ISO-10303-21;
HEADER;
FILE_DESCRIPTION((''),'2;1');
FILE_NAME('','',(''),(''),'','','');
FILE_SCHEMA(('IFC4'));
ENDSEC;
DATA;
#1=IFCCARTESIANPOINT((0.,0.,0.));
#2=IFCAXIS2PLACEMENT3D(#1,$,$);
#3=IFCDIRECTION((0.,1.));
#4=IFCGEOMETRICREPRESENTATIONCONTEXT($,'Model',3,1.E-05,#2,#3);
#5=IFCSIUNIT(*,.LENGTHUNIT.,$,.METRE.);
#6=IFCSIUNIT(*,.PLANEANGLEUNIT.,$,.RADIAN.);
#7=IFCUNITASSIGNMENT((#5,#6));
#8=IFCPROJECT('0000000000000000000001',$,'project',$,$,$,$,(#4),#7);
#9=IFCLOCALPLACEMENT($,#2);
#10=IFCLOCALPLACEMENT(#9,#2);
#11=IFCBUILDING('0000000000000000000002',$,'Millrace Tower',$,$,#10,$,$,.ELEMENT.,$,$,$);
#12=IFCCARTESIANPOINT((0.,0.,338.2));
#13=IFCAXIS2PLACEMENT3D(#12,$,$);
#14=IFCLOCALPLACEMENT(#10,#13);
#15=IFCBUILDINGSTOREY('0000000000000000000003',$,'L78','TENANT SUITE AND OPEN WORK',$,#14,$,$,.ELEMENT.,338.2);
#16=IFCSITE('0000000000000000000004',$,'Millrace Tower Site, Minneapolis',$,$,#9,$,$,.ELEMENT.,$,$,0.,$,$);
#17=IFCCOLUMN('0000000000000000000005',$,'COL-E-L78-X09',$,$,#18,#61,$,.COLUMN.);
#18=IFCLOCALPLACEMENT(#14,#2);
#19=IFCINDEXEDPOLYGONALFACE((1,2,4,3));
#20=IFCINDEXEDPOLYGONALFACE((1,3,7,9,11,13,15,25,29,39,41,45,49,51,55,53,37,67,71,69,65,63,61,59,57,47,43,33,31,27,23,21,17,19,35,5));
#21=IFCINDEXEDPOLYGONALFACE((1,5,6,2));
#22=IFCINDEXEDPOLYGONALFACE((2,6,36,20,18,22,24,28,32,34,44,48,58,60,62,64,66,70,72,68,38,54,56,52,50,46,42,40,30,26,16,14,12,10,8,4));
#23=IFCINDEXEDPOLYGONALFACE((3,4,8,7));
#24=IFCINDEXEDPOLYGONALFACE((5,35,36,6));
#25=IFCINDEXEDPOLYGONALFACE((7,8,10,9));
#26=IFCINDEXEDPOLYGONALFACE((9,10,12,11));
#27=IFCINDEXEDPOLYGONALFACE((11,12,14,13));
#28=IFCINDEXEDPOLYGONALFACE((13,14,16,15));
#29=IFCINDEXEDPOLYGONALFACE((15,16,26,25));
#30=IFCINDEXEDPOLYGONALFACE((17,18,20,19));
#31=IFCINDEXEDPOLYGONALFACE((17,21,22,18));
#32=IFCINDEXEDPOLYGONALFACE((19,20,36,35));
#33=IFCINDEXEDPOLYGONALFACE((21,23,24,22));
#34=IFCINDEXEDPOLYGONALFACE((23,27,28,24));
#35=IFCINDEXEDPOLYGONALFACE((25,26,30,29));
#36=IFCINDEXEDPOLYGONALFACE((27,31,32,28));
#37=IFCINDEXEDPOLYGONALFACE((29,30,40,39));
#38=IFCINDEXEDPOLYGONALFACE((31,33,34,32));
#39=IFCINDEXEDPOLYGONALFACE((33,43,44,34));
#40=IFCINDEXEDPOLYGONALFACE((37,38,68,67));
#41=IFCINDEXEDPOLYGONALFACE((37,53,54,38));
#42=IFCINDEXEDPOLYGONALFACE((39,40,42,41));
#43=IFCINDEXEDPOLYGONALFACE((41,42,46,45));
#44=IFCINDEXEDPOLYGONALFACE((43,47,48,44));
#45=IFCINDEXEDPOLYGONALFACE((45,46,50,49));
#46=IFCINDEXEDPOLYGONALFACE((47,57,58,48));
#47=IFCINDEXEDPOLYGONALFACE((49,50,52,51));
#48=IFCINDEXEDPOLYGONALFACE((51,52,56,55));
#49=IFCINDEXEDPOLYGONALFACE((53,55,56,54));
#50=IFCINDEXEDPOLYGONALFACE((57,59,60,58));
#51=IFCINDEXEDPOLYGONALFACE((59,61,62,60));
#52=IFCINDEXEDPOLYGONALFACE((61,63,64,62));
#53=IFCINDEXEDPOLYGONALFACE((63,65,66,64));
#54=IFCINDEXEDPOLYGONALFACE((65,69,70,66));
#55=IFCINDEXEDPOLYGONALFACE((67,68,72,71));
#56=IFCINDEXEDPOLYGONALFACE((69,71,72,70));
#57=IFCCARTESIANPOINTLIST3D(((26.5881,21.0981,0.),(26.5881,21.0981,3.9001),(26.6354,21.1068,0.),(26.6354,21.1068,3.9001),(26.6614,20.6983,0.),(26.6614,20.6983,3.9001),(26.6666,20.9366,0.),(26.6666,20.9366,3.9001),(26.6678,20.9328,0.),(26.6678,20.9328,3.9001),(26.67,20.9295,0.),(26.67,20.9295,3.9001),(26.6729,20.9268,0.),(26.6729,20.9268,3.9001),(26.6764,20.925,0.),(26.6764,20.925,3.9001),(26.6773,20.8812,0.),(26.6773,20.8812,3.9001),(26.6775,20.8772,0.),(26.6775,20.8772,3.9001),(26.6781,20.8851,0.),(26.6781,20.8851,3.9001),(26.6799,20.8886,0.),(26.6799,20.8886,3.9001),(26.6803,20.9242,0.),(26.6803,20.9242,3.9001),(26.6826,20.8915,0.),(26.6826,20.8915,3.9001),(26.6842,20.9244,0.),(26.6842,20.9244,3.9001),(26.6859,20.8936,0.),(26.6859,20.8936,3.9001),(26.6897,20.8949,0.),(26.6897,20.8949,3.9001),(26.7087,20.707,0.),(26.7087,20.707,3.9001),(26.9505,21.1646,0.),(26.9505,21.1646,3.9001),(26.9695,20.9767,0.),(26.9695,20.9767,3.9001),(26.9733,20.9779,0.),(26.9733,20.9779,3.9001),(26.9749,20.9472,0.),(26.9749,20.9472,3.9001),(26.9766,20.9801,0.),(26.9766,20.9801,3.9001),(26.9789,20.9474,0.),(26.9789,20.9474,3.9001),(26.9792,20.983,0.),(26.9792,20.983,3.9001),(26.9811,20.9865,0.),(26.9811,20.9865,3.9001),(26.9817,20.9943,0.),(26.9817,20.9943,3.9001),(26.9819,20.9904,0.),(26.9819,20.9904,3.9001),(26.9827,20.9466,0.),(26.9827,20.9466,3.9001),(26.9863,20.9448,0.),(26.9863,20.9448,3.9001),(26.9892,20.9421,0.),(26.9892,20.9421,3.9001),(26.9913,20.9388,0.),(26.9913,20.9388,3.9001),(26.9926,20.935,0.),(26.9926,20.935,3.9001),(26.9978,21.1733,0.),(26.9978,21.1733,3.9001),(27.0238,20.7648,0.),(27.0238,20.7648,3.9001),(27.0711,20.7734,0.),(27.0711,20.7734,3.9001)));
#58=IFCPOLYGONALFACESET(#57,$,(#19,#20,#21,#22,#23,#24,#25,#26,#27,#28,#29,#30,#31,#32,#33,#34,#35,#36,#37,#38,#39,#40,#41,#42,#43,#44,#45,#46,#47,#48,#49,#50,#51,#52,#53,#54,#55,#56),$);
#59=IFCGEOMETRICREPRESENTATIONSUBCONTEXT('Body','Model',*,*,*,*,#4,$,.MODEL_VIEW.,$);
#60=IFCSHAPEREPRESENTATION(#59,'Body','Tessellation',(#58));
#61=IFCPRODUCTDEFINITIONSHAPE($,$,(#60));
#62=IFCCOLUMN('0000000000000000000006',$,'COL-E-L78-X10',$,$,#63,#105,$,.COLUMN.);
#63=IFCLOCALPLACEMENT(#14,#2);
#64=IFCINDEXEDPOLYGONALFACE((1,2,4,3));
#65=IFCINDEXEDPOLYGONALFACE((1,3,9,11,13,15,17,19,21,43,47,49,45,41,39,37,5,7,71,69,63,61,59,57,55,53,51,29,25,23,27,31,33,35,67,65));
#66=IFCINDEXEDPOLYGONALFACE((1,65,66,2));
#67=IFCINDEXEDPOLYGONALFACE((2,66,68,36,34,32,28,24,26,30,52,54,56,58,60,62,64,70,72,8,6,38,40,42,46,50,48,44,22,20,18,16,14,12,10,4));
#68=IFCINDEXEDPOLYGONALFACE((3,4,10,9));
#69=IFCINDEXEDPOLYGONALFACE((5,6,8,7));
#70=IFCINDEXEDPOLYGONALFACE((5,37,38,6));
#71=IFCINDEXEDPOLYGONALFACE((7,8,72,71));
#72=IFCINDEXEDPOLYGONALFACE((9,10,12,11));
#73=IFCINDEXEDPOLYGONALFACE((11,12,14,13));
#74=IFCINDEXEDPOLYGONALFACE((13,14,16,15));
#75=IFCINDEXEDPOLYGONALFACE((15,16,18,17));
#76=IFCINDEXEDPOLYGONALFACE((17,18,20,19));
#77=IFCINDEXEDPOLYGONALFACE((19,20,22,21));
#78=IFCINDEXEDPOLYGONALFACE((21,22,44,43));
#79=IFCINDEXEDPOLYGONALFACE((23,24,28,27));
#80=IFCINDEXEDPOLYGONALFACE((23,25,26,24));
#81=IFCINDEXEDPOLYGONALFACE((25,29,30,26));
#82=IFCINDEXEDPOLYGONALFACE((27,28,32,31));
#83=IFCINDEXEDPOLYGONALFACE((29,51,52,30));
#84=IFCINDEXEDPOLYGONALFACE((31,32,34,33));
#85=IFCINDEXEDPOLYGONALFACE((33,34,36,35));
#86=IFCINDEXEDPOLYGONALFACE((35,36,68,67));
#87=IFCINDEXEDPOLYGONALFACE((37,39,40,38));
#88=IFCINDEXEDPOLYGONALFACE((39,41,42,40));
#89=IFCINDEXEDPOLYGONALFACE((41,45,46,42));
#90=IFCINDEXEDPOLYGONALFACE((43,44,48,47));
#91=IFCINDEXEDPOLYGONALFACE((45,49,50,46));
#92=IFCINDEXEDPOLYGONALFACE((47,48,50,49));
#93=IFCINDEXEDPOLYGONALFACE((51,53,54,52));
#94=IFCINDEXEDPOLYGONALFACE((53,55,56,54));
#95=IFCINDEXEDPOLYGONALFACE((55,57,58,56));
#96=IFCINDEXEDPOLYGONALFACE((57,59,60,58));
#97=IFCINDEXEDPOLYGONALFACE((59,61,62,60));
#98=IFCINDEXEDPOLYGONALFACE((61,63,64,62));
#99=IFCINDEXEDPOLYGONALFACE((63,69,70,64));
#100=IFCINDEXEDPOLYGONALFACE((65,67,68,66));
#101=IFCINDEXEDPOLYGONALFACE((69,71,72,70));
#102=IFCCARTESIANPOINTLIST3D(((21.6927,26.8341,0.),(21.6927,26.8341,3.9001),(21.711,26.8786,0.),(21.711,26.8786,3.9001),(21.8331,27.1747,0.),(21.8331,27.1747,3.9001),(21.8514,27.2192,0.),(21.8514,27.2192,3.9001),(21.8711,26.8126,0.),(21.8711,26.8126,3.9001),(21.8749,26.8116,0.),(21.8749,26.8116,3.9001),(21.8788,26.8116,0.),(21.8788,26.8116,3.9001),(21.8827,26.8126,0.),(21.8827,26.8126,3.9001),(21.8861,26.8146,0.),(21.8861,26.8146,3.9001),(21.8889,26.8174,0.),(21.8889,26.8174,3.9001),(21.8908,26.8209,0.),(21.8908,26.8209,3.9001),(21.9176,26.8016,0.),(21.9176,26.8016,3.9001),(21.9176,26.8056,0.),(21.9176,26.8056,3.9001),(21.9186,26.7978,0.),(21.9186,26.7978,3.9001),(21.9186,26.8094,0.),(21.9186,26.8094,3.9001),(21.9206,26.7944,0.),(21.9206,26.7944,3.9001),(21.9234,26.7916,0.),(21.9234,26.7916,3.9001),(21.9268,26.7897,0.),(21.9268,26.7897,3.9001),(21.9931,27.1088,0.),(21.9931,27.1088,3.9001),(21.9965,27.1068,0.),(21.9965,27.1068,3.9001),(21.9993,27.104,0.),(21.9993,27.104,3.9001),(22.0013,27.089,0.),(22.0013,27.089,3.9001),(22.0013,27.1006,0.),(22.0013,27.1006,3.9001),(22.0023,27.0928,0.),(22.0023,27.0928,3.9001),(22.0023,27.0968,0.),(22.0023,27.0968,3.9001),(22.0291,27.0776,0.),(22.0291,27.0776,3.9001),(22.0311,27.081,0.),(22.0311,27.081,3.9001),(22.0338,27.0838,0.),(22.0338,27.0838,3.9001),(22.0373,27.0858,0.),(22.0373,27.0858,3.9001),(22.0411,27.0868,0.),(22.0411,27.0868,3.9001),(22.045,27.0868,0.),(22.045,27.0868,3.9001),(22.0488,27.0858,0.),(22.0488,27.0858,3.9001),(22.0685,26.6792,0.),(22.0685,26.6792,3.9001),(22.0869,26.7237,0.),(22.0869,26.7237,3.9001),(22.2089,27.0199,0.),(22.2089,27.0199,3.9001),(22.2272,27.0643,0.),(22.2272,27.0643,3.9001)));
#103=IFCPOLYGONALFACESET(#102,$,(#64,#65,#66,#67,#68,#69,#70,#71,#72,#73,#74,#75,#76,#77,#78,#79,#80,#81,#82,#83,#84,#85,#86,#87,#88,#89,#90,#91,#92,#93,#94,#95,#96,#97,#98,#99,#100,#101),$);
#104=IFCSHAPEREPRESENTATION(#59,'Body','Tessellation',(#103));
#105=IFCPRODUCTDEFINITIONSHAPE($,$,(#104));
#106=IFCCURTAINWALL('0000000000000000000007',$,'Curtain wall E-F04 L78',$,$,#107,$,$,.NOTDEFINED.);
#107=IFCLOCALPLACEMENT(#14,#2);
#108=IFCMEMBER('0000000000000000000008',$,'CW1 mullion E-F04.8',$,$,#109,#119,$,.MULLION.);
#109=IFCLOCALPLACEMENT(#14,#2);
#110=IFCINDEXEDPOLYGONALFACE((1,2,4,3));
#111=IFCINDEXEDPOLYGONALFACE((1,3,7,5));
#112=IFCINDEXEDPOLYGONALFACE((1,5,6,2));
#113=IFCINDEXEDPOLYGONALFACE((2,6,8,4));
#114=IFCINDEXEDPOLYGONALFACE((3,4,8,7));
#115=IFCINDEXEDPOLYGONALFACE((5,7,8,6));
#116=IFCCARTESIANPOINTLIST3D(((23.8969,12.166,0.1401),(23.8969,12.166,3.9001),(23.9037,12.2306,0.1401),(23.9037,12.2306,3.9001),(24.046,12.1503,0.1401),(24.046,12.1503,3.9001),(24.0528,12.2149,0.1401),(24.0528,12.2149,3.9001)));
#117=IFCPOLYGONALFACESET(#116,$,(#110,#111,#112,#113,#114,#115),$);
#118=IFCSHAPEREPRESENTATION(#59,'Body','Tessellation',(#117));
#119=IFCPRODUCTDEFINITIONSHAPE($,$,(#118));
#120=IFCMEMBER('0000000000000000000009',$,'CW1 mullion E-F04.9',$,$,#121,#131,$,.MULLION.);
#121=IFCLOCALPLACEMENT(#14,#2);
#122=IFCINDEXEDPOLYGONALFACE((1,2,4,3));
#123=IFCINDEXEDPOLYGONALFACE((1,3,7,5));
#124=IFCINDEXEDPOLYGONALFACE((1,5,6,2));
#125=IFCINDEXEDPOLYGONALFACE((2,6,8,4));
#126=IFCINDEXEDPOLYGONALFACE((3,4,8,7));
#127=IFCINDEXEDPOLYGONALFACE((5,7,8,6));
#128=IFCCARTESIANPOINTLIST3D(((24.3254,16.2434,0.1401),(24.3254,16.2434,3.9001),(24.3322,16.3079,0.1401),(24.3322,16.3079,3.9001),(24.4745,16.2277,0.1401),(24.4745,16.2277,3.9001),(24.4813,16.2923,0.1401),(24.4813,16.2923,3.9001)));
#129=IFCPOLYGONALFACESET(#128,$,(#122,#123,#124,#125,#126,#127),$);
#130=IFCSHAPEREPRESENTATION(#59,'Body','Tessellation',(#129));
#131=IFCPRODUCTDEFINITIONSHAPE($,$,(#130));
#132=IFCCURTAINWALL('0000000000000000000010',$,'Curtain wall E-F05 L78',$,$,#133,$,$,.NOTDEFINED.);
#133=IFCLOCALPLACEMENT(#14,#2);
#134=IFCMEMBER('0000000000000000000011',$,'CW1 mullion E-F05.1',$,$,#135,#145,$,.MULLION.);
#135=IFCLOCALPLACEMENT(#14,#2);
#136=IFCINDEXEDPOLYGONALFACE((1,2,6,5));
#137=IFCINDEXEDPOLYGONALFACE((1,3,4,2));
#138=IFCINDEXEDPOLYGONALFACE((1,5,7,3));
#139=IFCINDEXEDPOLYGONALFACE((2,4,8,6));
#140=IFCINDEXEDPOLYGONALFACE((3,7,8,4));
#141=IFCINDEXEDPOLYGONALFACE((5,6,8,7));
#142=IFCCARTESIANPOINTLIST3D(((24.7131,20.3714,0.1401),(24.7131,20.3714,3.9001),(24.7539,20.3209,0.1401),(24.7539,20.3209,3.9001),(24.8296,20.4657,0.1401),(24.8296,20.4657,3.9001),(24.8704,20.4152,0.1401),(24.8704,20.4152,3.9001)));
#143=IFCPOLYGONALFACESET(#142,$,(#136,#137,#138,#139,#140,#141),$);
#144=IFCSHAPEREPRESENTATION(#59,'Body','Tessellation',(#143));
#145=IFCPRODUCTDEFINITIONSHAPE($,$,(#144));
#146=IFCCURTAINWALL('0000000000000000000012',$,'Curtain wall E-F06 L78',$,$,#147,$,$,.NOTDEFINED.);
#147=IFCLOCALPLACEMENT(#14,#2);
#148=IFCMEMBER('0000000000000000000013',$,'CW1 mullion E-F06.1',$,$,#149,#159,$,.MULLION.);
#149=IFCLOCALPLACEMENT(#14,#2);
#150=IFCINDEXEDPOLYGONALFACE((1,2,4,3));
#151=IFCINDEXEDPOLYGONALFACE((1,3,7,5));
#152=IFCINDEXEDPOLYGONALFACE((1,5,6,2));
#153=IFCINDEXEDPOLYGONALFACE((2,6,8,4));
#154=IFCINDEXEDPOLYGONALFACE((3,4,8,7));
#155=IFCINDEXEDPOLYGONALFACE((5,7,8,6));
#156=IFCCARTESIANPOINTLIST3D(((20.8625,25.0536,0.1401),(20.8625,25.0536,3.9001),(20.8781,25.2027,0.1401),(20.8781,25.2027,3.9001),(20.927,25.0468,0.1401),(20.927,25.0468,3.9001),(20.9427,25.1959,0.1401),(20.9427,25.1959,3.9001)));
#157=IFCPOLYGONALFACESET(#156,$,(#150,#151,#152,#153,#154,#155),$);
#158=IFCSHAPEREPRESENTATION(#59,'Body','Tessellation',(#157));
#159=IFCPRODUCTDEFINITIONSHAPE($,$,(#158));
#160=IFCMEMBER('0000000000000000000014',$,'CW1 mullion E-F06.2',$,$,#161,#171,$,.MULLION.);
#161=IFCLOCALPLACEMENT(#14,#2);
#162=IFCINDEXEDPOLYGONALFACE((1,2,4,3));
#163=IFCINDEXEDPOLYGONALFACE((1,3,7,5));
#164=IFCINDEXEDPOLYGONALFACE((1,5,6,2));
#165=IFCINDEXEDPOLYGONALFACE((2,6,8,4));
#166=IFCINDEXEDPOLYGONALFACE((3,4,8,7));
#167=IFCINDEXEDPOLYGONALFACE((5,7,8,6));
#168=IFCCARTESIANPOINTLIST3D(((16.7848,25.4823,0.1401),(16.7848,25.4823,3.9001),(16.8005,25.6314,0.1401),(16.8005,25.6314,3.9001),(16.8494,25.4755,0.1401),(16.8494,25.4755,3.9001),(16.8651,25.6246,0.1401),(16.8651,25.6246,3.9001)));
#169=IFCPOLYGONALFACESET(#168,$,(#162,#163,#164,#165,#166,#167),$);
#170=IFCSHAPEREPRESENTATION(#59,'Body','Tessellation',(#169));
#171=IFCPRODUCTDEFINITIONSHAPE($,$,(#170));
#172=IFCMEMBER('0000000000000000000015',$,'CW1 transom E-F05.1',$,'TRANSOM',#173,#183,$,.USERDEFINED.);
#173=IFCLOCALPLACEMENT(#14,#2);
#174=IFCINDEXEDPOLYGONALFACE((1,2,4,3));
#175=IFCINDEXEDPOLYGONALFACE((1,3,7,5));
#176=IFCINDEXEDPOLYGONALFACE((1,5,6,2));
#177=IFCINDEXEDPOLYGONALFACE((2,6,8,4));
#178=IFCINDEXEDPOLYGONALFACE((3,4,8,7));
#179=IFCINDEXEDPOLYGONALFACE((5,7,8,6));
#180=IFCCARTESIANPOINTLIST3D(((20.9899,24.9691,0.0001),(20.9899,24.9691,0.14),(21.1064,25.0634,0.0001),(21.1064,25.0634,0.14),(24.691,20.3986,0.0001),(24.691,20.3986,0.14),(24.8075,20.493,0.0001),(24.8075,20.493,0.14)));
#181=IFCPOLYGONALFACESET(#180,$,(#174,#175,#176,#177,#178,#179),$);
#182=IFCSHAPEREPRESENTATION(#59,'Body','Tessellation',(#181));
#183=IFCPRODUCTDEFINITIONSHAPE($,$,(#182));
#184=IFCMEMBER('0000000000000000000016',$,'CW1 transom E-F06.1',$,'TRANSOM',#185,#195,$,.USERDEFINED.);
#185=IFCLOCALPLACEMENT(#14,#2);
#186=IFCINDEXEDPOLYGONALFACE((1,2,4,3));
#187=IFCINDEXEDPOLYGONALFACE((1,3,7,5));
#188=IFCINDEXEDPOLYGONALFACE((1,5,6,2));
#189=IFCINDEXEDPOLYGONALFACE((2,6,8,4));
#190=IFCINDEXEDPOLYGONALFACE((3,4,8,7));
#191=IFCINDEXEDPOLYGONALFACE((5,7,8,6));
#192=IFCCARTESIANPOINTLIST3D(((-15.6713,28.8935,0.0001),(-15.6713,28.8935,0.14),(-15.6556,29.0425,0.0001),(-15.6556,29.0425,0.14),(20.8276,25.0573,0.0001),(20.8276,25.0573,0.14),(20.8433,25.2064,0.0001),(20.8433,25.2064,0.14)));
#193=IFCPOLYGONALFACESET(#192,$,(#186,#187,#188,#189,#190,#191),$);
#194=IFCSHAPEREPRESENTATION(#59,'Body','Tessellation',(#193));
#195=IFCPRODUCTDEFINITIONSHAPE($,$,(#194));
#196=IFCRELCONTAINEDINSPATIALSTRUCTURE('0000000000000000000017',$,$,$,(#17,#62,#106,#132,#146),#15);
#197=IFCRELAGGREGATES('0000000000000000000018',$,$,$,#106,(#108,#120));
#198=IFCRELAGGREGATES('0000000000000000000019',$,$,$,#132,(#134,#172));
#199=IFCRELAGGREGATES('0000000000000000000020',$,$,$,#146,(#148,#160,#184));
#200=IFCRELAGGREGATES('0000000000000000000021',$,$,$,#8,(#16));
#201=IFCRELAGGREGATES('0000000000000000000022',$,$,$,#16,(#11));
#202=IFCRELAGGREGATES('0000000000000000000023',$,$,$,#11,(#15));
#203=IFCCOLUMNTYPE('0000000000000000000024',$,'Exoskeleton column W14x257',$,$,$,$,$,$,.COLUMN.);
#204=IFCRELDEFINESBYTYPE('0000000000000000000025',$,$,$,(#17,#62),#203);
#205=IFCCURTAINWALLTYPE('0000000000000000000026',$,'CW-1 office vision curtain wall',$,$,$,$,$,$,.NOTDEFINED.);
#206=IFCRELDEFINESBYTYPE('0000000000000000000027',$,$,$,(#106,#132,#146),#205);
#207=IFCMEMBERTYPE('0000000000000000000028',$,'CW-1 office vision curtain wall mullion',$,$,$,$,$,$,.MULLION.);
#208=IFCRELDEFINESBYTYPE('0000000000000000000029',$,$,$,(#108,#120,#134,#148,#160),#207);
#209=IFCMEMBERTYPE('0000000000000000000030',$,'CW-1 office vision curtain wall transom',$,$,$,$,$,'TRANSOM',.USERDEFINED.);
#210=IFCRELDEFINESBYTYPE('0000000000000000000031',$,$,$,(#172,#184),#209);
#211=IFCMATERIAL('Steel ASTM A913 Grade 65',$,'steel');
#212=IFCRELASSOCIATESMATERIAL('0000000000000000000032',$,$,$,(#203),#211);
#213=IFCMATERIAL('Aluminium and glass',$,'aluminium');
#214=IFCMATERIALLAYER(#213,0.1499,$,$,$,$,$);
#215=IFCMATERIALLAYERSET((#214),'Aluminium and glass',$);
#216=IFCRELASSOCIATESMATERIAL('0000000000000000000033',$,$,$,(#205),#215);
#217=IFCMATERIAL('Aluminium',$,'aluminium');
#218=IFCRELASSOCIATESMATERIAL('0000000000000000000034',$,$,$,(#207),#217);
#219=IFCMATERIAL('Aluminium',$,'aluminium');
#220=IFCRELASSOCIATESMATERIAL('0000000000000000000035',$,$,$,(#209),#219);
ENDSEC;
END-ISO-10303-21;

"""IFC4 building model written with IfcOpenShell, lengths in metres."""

from ifc_helpers import new_model, si_unit, direction, frame, origin, origin_2d, place, context, subcontext, project, spatial, rectangle, i_section, extrude, material, layer, layer_set, material_profile, profile_set, type_object, element, aggregate, save


model = new_model("IFC4")

# Units and contexts
model_context = context("Model", 3, precision=1e-05, world=origin(), true_north=direction((0.0, 1.0)))
body_context = subcontext(model_context, "Body", "Model", "MODEL_VIEW")
ifc_project = project(units=[si_unit("LENGTHUNIT", "METRE"), si_unit("PLANEANGLEUNIT", "RADIAN")], contexts=[model_context])

# Site, building, storey
site_placement = place(None, origin())
site = spatial("IfcSite", under=ifc_project, at=site_placement, Name="Millrace Tower Site, Minneapolis", CompositionType="ELEMENT", RefElevation=0.0)
building_placement = place(site_placement, origin())
building = spatial("IfcBuilding", under=site, at=building_placement, Name="Millrace Tower", CompositionType="ELEMENT")
storey_placement = place(building_placement, frame((0.0, 0.0, 338.2)))
storey = spatial("IfcBuildingStorey", under=building, at=storey_placement, Name="L78", Description="TENANT SUITE AND OPEN WORK", CompositionType="ELEMENT", Elevation=338.2)

# Columns
ifc_material_1 = material(Name="Steel ASTM A913 Grade 65", Category="steel")
ifc_material_profile_1 = material_profile(ifc_material_1, i_section(OverallWidth=0.4065, OverallDepth=0.4165, WebThickness=0.03, FlangeThickness=0.0481, FilletRadius=0.0151, at=origin_2d()))
ifc_profile_set_1 = profile_set([ifc_material_profile_1], Name="Steel ASTM A913 Grade 65")
column_type = type_object("IfcColumnType", Name="Exoskeleton column W14x257", PredefinedType="COLUMN", material=ifc_profile_set_1)
for number, where, z_axis, x_axis, name in (
    (1, (26.8296, 20.9358, 0.0), (0.0, 0.0, 1.0), (-0.180387, 0.983596, 0.0), "COL-E-L78-X09"),
    (2, (21.96, 26.9492, 0.0), (0.0, 0.0, 1.0), (-0.924597, 0.380947, 0.0), "COL-E-L78-X10"),
):
    element("IfcColumn", number, at=place(storey_placement, frame(where, z_axis=z_axis, x_axis=x_axis)), inside=storey, type_object=column_type, Name=name, PredefinedType="COLUMN", context=body_context, shape_type="SweptSolid", body=[
        extrude(i_section(OverallWidth=0.4065, OverallDepth=0.4165, WebThickness=0.03, FlangeThickness=0.0481, FilletRadius=0.0151, at=origin_2d()), origin(), (0.0, 0.0, 1.0), 3.9001),
    ])

# Curtain wall, members
ifc_material_2 = material(Name="Aluminium and glass", Category="aluminium")
ifc_layer_1 = layer(ifc_material_2, 0.1499)
ifc_layer_set_1 = layer_set([ifc_layer_1], Name="Aluminium and glass")
curtain_wall_type = type_object("IfcCurtainWallType", Name="CW-1 office vision curtain wall", PredefinedType="NOTDEFINED", material=ifc_layer_set_1)
placement = place(storey_placement, origin())
curtain_wall_1 = element("IfcCurtainWall", 3, at=placement, inside=storey, type_object=curtain_wall_type, Name="Curtain wall E-F04 L78", PredefinedType="NOTDEFINED")
ifc_material_3 = material(Name="Aluminium", Category="aluminium")
ifc_material_profile_2 = material_profile(ifc_material_3, rectangle(XDim=0.0649, YDim=0.1499, at=origin_2d()))
ifc_profile_set_2 = profile_set([ifc_material_profile_2], Name="Aluminium")
member_type_1 = type_object("IfcMemberType", Name="CW-1 office vision curtain wall mullion", PredefinedType="MULLION", material=ifc_profile_set_2)
member_1_placement = place(storey_placement, frame((23.9749, 12.1904, 0.1401), z_axis=(0.0, 0.0, 1.0), x_axis=(0.104528, 0.994522, 0.0)))
member_1 = element("IfcMember", 4, at=member_1_placement, type_object=member_type_1, Name="CW1 mullion E-F04.8", PredefinedType="MULLION", context=body_context, shape_type="SweptSolid", body=[
    extrude(rectangle(XDim=0.0649, YDim=0.1499, at=origin_2d()), origin(), (0.0, 0.0, 1.0), 3.76),
])
member_2_placement = place(storey_placement, frame((24.4033, 16.2678, 0.1401), z_axis=(0.0, 0.0, 1.0), x_axis=(0.104528, 0.994522, 0.0)))
member_2 = element("IfcMember", 5, at=member_2_placement, type_object=member_type_1, Name="CW1 mullion E-F04.9", PredefinedType="MULLION", context=body_context, shape_type="SweptSolid", body=[
    extrude(rectangle(XDim=0.0649, YDim=0.1499, at=origin_2d()), origin(), (0.0, 0.0, 1.0), 3.76),
])
aggregate(curtain_wall_1, [member_1, member_2])

# Curtain wall, member
curtain_wall_2 = element("IfcCurtainWall", 6, at=placement, inside=storey, type_object=curtain_wall_type, Name="Curtain wall E-F05 L78", PredefinedType="NOTDEFINED")
member_3_placement = place(storey_placement, frame((24.7917, 20.3933, 0.1401), z_axis=(0.0, 0.0, 1.0), x_axis=(-0.62932, 0.777146, 0.0)))
member_3 = element("IfcMember", 7, at=member_3_placement, type_object=member_type_1, Name="CW1 mullion E-F05.1", PredefinedType="MULLION", context=body_context, shape_type="SweptSolid", body=[
    extrude(rectangle(XDim=0.0649, YDim=0.1499, at=origin_2d()), origin(), (0.0, 0.0, 1.0), 3.76),
])

# Curtain wall, members
curtain_wall_3 = element("IfcCurtainWall", 8, at=placement, inside=storey, type_object=curtain_wall_type, Name="Curtain wall E-F06 L78", PredefinedType="NOTDEFINED")
member_4_placement = place(storey_placement, frame((20.9026, 25.1248, 0.1401), z_axis=(0.0, 0.0, 1.0), x_axis=(-0.994522, 0.104528, 0.0)))
member_4 = element("IfcMember", 9, at=member_4_placement, type_object=member_type_1, Name="CW1 mullion E-F06.1", PredefinedType="MULLION", context=body_context, shape_type="SweptSolid", body=[
    extrude(rectangle(XDim=0.0649, YDim=0.1499, at=origin_2d()), origin(), (0.0, 0.0, 1.0), 3.76),
])
member_5_placement = place(storey_placement, frame((16.825, 25.5535, 0.1401), z_axis=(0.0, 0.0, 1.0), x_axis=(-0.994522, 0.104528, 0.0)))
member_5 = element("IfcMember", 10, at=member_5_placement, type_object=member_type_1, Name="CW1 mullion E-F06.2", PredefinedType="MULLION", context=body_context, shape_type="SweptSolid", body=[
    extrude(rectangle(XDim=0.0649, YDim=0.1499, at=origin_2d()), origin(), (0.0, 0.0, 1.0), 3.76),
])

# Members
ifc_material_4 = material(Name="Aluminium", Category="aluminium")
ifc_material_profile_3 = material_profile(ifc_material_4, rectangle(XDim=0.1499, YDim=0.1399, at=origin_2d()))
ifc_profile_set_3 = profile_set([ifc_material_profile_3], Name="Aluminium")
member_type_2 = type_object("IfcMemberType", Name="CW-1 office vision curtain wall transom", ElementType="TRANSOM", PredefinedType="USERDEFINED", material=ifc_profile_set_3)
member_6_placement = place(storey_placement, frame((24.7493, 20.4458, 0.0701), z_axis=(-0.629321, 0.777145, 0.0), x_axis=(-0.777145, -0.629321, 0.0)))
member_6 = element("IfcMember", 11, at=member_6_placement, type_object=member_type_2, Name="CW1 transom E-F05.1", ObjectType="TRANSOM", PredefinedType="USERDEFINED", context=body_context, shape_type="SweptSolid", body=[
    extrude(rectangle(XDim=0.1499, YDim=0.1399, at=origin_2d()), origin(), (0.0, 0.0, 1.0), 5.8811),
])
aggregate(curtain_wall_2, [member_3, member_6])
member_7_placement = place(storey_placement, frame((20.8354, 25.1318, 0.0701), z_axis=(-0.994522, 0.104528, 0.0), x_axis=(-0.104528, -0.994522, 0.0)))
member_7 = element("IfcMember", 12, at=member_7_placement, type_object=member_type_2, Name="CW1 transom E-F06.1", ObjectType="TRANSOM", PredefinedType="USERDEFINED", context=body_context, shape_type="SweptSolid", body=[
    extrude(rectangle(XDim=0.1499, YDim=0.1399, at=origin_2d()), origin(), (0.0, 0.0, 1.0), 36.7),
])
aggregate(curtain_wall_3, [member_4, member_5, member_7])

save(model, "model.ifc")
